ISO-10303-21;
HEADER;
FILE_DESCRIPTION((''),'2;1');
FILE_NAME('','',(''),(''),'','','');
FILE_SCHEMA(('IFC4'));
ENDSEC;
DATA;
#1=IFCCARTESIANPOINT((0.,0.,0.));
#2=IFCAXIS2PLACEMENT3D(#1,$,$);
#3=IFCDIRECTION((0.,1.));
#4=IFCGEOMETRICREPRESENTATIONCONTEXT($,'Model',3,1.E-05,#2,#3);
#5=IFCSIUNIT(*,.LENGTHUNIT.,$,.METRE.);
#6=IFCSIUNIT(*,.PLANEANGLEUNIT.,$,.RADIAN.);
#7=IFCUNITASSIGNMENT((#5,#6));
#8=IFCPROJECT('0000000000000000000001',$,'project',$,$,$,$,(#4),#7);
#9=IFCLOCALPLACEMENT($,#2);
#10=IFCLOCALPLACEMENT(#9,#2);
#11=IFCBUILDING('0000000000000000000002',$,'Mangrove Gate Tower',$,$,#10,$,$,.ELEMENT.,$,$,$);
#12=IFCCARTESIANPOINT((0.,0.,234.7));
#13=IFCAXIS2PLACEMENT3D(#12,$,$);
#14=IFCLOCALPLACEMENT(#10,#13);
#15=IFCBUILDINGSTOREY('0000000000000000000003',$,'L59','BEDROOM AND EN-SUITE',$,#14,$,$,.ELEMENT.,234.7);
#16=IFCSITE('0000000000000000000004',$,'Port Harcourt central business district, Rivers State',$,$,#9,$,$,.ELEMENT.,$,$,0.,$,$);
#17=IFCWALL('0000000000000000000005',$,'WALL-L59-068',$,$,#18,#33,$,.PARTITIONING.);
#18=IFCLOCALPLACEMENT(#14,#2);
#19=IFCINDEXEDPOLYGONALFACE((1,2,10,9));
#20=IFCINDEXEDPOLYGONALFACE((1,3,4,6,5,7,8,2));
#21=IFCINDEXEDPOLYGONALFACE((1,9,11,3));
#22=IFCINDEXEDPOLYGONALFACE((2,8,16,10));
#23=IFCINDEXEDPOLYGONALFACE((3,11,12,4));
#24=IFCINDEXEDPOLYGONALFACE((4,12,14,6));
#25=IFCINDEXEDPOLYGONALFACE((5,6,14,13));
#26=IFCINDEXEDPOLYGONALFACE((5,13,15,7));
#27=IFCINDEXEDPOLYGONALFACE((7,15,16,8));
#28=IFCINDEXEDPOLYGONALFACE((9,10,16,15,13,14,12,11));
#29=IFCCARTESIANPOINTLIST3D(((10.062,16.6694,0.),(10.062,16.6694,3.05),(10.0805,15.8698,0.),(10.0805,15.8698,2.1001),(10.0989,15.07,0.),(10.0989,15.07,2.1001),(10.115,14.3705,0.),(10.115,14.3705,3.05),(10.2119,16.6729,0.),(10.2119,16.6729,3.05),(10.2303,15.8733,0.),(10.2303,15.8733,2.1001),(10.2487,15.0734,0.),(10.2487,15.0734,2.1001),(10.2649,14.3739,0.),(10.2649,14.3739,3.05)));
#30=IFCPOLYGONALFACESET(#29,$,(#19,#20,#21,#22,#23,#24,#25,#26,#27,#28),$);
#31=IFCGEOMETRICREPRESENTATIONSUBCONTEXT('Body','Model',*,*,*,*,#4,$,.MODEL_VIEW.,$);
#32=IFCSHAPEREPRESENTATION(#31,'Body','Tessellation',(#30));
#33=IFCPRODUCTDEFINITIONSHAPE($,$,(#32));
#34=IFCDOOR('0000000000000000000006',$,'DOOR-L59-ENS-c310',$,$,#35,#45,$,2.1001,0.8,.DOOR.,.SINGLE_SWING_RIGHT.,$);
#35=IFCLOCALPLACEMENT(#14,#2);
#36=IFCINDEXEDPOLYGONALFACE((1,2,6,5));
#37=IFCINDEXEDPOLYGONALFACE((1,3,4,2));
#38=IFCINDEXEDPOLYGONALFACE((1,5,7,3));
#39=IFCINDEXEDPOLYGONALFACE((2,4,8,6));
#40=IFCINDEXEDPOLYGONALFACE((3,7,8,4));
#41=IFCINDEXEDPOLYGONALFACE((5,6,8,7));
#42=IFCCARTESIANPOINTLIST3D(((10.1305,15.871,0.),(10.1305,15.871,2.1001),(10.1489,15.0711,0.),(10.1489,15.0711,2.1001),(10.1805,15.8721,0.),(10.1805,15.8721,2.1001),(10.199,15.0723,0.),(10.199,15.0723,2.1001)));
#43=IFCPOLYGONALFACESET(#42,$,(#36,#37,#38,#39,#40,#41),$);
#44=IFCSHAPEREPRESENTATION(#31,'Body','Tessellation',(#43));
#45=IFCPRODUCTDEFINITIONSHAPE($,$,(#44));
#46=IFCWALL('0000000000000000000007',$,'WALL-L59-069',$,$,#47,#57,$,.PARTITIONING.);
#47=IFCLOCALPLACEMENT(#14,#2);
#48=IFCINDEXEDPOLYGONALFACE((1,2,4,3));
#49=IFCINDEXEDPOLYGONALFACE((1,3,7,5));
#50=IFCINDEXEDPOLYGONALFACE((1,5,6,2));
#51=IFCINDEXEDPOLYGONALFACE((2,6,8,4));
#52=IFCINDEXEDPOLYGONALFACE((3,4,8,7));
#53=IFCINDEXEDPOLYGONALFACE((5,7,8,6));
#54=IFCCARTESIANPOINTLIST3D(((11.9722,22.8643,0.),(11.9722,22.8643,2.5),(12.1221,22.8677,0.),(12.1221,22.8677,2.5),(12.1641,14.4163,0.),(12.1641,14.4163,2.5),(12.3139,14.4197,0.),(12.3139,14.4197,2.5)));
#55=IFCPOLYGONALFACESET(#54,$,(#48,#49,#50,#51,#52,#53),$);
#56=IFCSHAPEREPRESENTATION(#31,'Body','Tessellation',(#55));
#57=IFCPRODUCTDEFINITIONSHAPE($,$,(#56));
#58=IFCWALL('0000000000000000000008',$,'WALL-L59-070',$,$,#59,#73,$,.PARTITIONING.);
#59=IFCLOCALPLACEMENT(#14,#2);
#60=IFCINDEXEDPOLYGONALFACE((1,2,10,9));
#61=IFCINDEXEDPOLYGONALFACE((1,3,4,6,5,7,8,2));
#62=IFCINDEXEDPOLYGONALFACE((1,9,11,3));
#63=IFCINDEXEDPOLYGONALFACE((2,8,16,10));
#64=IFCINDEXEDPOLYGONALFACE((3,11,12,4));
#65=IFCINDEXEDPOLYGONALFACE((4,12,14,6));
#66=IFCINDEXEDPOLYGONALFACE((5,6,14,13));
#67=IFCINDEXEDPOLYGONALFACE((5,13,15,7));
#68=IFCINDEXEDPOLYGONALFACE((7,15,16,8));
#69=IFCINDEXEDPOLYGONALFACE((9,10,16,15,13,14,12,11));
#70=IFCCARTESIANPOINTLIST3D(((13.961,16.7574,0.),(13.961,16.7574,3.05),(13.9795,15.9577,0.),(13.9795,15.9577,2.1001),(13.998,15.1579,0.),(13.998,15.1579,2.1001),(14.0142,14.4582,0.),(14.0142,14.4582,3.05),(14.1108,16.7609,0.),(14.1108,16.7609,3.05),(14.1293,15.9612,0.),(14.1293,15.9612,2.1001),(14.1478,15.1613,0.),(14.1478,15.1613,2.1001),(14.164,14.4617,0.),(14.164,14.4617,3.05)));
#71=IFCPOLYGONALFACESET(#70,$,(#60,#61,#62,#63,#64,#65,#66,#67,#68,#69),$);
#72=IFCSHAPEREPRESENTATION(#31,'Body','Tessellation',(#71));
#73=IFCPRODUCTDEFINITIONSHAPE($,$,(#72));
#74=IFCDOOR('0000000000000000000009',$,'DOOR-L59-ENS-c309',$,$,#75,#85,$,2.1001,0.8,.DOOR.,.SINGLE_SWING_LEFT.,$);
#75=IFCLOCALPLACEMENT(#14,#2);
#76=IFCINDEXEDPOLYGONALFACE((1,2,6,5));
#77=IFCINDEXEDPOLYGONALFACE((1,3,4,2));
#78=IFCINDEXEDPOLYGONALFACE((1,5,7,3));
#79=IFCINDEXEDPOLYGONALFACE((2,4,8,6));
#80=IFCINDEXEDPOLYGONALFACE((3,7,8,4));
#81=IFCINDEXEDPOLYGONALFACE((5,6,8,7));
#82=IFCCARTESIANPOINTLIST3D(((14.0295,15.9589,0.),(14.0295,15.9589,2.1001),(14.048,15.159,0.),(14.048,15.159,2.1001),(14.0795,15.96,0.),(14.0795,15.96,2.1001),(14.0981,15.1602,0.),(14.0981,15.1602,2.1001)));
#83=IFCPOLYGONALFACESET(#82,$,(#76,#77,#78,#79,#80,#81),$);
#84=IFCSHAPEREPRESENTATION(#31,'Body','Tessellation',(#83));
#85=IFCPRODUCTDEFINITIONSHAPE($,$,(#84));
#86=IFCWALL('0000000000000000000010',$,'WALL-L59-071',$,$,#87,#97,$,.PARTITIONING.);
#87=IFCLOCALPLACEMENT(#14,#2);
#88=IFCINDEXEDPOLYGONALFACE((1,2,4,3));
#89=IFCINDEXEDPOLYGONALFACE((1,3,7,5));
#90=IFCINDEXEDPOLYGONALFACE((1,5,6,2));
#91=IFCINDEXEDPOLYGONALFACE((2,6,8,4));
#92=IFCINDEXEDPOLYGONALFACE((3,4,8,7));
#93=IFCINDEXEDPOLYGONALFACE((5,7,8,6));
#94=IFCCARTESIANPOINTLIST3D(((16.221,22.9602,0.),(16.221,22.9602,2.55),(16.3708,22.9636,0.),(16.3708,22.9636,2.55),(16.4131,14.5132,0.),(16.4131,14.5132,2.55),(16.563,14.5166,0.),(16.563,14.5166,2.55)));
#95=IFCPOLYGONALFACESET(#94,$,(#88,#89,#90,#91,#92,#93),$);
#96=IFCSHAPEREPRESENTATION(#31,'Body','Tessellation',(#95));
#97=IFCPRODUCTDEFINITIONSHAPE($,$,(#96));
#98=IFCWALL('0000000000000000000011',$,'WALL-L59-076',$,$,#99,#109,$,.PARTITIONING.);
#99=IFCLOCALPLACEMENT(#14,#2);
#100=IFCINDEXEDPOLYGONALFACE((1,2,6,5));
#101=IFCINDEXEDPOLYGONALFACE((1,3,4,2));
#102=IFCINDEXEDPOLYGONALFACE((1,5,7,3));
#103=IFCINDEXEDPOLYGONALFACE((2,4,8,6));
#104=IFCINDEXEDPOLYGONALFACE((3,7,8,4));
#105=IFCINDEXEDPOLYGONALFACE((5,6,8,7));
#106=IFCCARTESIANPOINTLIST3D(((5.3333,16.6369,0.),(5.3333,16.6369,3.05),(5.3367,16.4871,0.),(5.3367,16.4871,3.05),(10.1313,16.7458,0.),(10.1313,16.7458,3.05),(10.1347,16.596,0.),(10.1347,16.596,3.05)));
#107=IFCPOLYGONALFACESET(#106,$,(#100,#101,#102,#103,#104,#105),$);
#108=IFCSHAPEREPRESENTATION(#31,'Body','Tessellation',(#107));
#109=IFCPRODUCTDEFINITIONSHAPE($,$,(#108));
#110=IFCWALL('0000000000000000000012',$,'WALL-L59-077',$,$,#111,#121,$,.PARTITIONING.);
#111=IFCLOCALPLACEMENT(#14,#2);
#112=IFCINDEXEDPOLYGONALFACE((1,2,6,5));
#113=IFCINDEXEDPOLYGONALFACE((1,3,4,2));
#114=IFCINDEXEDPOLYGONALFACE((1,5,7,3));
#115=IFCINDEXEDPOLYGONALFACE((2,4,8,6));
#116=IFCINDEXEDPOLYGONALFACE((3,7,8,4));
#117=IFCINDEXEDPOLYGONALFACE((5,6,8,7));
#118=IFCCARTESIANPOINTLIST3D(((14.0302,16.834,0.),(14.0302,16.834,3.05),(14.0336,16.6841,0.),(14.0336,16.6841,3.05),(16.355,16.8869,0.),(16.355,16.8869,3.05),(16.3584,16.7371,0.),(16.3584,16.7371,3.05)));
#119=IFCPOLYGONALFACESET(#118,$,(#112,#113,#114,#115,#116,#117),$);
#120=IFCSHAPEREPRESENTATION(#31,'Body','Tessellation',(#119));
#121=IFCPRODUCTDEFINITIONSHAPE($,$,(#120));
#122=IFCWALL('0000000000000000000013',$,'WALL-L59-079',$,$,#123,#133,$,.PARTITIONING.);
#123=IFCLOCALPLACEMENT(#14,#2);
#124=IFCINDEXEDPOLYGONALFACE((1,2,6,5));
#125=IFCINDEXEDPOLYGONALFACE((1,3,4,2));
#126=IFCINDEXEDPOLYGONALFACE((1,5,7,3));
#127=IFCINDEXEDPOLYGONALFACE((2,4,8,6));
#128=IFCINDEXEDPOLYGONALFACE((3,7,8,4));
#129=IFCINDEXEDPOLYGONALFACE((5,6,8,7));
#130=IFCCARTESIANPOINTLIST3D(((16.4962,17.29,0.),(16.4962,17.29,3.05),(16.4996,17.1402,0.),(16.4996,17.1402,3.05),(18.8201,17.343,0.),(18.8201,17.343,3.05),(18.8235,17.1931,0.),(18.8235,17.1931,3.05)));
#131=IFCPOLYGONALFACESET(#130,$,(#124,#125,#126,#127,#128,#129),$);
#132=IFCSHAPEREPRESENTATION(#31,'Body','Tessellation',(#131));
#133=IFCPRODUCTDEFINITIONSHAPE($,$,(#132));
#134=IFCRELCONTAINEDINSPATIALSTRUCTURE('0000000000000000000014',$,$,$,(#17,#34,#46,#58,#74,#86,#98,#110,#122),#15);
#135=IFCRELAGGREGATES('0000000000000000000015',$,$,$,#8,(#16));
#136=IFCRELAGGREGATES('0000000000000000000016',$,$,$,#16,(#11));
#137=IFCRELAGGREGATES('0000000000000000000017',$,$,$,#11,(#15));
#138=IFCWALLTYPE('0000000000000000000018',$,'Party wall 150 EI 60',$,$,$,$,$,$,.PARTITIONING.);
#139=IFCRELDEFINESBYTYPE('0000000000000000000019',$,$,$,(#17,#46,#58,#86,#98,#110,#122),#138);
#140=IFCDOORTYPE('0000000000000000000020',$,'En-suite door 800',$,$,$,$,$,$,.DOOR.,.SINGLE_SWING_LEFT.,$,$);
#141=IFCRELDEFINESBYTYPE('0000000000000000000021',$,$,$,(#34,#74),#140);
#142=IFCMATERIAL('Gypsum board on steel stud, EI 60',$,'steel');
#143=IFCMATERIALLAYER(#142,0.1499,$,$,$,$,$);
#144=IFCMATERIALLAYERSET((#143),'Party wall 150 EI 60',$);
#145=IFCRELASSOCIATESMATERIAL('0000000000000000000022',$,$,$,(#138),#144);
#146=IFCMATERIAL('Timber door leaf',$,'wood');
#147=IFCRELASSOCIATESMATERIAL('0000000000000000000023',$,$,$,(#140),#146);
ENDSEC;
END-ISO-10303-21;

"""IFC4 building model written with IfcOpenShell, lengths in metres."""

from ifc_helpers import new_model, si_unit, direction, frame, frame_2d, origin, place, context, subcontext, project, spatial, rectangle, extrude, material, layer, layer_set, type_object, element, fill, save


model = new_model("IFC4")

# Units and contexts
model_context = context("Model", 3, precision=1e-05, world=origin(), true_north=direction((0.0, 1.0)))
body_context = subcontext(model_context, "Body", "Model", "MODEL_VIEW")
ifc_project = project(units=[si_unit("LENGTHUNIT", "METRE"), si_unit("PLANEANGLEUNIT", "RADIAN")], contexts=[model_context])

# Site, building, storey
site_placement = place(None, origin())
site = spatial("IfcSite", under=ifc_project, at=site_placement, Name="Port Harcourt central business district, Rivers State", CompositionType="ELEMENT", RefElevation=0.0)
building_placement = place(site_placement, origin())
building = spatial("IfcBuilding", under=site, at=building_placement, Name="Mangrove Gate Tower", CompositionType="ELEMENT")
storey_placement = place(building_placement, frame((0.0, 0.0, 234.7)))
storey = spatial("IfcBuildingStorey", under=building, at=storey_placement, Name="L59", Description="BEDROOM AND EN-SUITE", CompositionType="ELEMENT", Elevation=234.7)

# Shared definitions
ifc_material_1 = material(Name="Gypsum board on steel stud, EI 60", Category="steel")
ifc_layer_1 = layer(ifc_material_1, 0.1499)
ifc_layer_set_1 = layer_set([ifc_layer_1], Name="Party wall 150 EI 60")
wall_type_1 = type_object("IfcWallType", Name="Party wall 150 EI 60", PredefinedType="PARTITIONING", material=ifc_layer_set_1)

# Shared definitions
ifc_material_2 = material(Name="Timber door leaf", Category="wood")
door_type = type_object("IfcDoorType", Name="En-suite door 800", OperationType="SINGLE_SWING_LEFT", PredefinedType="DOOR", material=ifc_material_2)

# Wall, opening, door
wall_1_placement = place(storey_placement, frame((10.1899, 14.3721, 0.0), z_axis=(0.0, 0.0, 1.0), x_axis=(-0.02304, 0.999735, 0.0)))
wall_1 = element("IfcWall", 1, at=wall_1_placement, inside=storey, type_object=wall_type_1, Name="WALL-L59-068", PredefinedType="PARTITIONING", context=body_context, shape_type="SweptSolid", body=[
    extrude(rectangle(XDim=2.2996, YDim=0.1499, at=frame_2d((1.1499, 0.0))), origin(), (0.0, 0.0, 1.0), 3.05),
])
opening_1_placement = place(wall_1_placement, frame((0.7, 0.0, 0.0)))
opening_1 = element("IfcOpeningElement", 2, at=opening_1_placement, cuts=wall_1, PredefinedType="OPENING", context=body_context, shape_type="SweptSolid", body=[
    extrude(rectangle(XDim=0.8, YDim=2.1001, at=frame_2d((0.3999, 1.05))), frame((0.0, 0.085, 0.0), z_axis=(0.0, -1.0, 0.0), x_axis=(1.0, 0.0, 0.0)), (0.0, 0.0, 1.0), 0.1699),
])
door_1_placement = place(opening_1_placement, origin())
door_1 = element("IfcDoor", 3, at=door_1_placement, inside=storey, type_object=door_type, Name="DOOR-L59-ENS-c310", OperationType="SINGLE_SWING_RIGHT", OverallHeight=2.1001, OverallWidth=0.8, PredefinedType="DOOR", context=body_context, shape_type="SweptSolid", body=[
    extrude(rectangle(XDim=0.8, YDim=2.1001, at=frame_2d((0.3999, 1.05))), frame((0.0, 0.0249, 0.0), z_axis=(0.0, -1.0, 0.0), x_axis=(1.0, 0.0, 0.0)), (0.0, 0.0, 1.0), 0.05),
])
fill(opening_1, door_1)

# Wall
wall_2_placement = place(storey_placement, frame((12.239, 14.418, 0.0), z_axis=(0.0, 0.0, 1.0), x_axis=(-0.022709, 0.999742, 0.0)))
element("IfcWall", 4, at=wall_2_placement, inside=storey, type_object=wall_type_1, Name="WALL-L59-069", PredefinedType="PARTITIONING", context=body_context, shape_type="SweptSolid", body=[
    extrude(rectangle(XDim=8.4502, YDim=0.1499, at=frame_2d((4.2251, 0.0))), origin(), (0.0, 0.0, 1.0), 2.5),
])

# Wall, opening, door
wall_3_placement = place(storey_placement, frame((14.0891, 14.46, 0.0), z_axis=(0.0, 0.0, 1.0), x_axis=(-0.023143, 0.999732, 0.0)))
wall_3 = element("IfcWall", 5, at=wall_3_placement, inside=storey, type_object=wall_type_1, Name="WALL-L59-070", PredefinedType="PARTITIONING", context=body_context, shape_type="SweptSolid", body=[
    extrude(rectangle(XDim=2.2998, YDim=0.1499, at=frame_2d((1.1499, 0.0))), origin(), (0.0, 0.0, 1.0), 3.05),
])
opening_2_placement = place(wall_3_placement, frame((0.7, 0.0, 0.0)))
opening_2 = element("IfcOpeningElement", 6, at=opening_2_placement, cuts=wall_3, PredefinedType="OPENING", context=body_context, shape_type="SweptSolid", body=[
    extrude(rectangle(XDim=0.8, YDim=2.1001, at=frame_2d((0.3999, 1.05))), frame((0.0, 0.085, 0.0), z_axis=(0.0, -1.0, 0.0), x_axis=(1.0, 0.0, 0.0)), (0.0, 0.0, 1.0), 0.1699),
])
door_2_placement = place(opening_2_placement, origin())
door_2 = element("IfcDoor", 7, at=door_2_placement, inside=storey, type_object=door_type, Name="DOOR-L59-ENS-c309", OperationType="SINGLE_SWING_LEFT", OverallHeight=2.1001, OverallWidth=0.8, PredefinedType="DOOR", context=body_context, shape_type="SweptSolid", body=[
    extrude(rectangle(XDim=0.8, YDim=2.1001, at=frame_2d((0.3999, 1.05))), frame((0.0, 0.0249, 0.0), z_axis=(0.0, -1.0, 0.0), x_axis=(1.0, 0.0, 0.0)), (0.0, 0.0, 1.0), 0.05),
])
fill(opening_2, door_2)

# Walls
wall_4_placement = place(storey_placement, frame((16.488, 14.5149, 0.0), z_axis=(0.0, 0.0, 1.0), x_axis=(-0.02274, 0.999741, 0.0)))
element("IfcWall", 8, at=wall_4_placement, inside=storey, type_object=wall_type_1, Name="WALL-L59-071", PredefinedType="PARTITIONING", context=body_context, shape_type="SweptSolid", body=[
    extrude(rectangle(XDim=8.4492, YDim=0.1499, at=frame_2d((4.2246, 0.0))), origin(), (0.0, 0.0, 1.0), 2.55),
])
wall_5_placement = place(storey_placement, frame((5.335, 16.562, 0.0), z_axis=(0.0, 0.0, 1.0), x_axis=(0.999743, 0.022688, 0.0)))
element("IfcWall", 9, at=wall_5_placement, inside=storey, type_object=wall_type_1, Name="WALL-L59-076", PredefinedType="PARTITIONING", context=body_context, shape_type="SweptSolid", body=[
    extrude(rectangle(XDim=4.7993, YDim=0.1499, at=frame_2d((2.3997, 0.0))), origin(), (0.0, 0.0, 1.0), 3.05),
])
wall_6_placement = place(storey_placement, frame((14.032, 16.759, 0.0), z_axis=(0.0, 0.0, 1.0), x_axis=(0.99974, 0.022781, 0.0)))
element("IfcWall", 10, at=wall_6_placement, inside=storey, type_object=wall_type_1, Name="WALL-L59-077", PredefinedType="PARTITIONING", context=body_context, shape_type="SweptSolid", body=[
    extrude(rectangle(XDim=2.3254, YDim=0.1499, at=frame_2d((1.1626, 0.0))), origin(), (0.0, 0.0, 1.0), 3.05),
])
wall_7_placement = place(storey_placement, frame((16.498, 17.2151, 0.0), z_axis=(0.0, 0.0, 1.0), x_axis=(0.99974, 0.022791, 0.0)))
element("IfcWall", 11, at=wall_7_placement, inside=storey, type_object=wall_type_1, Name="WALL-L59-079", PredefinedType="PARTITIONING", context=body_context, shape_type="SweptSolid", body=[
    extrude(rectangle(XDim=2.3245, YDim=0.1499, at=frame_2d((1.1621, 0.0))), origin(), (0.0, 0.0, 1.0), 3.05),
])

save(model, "model.ifc")
